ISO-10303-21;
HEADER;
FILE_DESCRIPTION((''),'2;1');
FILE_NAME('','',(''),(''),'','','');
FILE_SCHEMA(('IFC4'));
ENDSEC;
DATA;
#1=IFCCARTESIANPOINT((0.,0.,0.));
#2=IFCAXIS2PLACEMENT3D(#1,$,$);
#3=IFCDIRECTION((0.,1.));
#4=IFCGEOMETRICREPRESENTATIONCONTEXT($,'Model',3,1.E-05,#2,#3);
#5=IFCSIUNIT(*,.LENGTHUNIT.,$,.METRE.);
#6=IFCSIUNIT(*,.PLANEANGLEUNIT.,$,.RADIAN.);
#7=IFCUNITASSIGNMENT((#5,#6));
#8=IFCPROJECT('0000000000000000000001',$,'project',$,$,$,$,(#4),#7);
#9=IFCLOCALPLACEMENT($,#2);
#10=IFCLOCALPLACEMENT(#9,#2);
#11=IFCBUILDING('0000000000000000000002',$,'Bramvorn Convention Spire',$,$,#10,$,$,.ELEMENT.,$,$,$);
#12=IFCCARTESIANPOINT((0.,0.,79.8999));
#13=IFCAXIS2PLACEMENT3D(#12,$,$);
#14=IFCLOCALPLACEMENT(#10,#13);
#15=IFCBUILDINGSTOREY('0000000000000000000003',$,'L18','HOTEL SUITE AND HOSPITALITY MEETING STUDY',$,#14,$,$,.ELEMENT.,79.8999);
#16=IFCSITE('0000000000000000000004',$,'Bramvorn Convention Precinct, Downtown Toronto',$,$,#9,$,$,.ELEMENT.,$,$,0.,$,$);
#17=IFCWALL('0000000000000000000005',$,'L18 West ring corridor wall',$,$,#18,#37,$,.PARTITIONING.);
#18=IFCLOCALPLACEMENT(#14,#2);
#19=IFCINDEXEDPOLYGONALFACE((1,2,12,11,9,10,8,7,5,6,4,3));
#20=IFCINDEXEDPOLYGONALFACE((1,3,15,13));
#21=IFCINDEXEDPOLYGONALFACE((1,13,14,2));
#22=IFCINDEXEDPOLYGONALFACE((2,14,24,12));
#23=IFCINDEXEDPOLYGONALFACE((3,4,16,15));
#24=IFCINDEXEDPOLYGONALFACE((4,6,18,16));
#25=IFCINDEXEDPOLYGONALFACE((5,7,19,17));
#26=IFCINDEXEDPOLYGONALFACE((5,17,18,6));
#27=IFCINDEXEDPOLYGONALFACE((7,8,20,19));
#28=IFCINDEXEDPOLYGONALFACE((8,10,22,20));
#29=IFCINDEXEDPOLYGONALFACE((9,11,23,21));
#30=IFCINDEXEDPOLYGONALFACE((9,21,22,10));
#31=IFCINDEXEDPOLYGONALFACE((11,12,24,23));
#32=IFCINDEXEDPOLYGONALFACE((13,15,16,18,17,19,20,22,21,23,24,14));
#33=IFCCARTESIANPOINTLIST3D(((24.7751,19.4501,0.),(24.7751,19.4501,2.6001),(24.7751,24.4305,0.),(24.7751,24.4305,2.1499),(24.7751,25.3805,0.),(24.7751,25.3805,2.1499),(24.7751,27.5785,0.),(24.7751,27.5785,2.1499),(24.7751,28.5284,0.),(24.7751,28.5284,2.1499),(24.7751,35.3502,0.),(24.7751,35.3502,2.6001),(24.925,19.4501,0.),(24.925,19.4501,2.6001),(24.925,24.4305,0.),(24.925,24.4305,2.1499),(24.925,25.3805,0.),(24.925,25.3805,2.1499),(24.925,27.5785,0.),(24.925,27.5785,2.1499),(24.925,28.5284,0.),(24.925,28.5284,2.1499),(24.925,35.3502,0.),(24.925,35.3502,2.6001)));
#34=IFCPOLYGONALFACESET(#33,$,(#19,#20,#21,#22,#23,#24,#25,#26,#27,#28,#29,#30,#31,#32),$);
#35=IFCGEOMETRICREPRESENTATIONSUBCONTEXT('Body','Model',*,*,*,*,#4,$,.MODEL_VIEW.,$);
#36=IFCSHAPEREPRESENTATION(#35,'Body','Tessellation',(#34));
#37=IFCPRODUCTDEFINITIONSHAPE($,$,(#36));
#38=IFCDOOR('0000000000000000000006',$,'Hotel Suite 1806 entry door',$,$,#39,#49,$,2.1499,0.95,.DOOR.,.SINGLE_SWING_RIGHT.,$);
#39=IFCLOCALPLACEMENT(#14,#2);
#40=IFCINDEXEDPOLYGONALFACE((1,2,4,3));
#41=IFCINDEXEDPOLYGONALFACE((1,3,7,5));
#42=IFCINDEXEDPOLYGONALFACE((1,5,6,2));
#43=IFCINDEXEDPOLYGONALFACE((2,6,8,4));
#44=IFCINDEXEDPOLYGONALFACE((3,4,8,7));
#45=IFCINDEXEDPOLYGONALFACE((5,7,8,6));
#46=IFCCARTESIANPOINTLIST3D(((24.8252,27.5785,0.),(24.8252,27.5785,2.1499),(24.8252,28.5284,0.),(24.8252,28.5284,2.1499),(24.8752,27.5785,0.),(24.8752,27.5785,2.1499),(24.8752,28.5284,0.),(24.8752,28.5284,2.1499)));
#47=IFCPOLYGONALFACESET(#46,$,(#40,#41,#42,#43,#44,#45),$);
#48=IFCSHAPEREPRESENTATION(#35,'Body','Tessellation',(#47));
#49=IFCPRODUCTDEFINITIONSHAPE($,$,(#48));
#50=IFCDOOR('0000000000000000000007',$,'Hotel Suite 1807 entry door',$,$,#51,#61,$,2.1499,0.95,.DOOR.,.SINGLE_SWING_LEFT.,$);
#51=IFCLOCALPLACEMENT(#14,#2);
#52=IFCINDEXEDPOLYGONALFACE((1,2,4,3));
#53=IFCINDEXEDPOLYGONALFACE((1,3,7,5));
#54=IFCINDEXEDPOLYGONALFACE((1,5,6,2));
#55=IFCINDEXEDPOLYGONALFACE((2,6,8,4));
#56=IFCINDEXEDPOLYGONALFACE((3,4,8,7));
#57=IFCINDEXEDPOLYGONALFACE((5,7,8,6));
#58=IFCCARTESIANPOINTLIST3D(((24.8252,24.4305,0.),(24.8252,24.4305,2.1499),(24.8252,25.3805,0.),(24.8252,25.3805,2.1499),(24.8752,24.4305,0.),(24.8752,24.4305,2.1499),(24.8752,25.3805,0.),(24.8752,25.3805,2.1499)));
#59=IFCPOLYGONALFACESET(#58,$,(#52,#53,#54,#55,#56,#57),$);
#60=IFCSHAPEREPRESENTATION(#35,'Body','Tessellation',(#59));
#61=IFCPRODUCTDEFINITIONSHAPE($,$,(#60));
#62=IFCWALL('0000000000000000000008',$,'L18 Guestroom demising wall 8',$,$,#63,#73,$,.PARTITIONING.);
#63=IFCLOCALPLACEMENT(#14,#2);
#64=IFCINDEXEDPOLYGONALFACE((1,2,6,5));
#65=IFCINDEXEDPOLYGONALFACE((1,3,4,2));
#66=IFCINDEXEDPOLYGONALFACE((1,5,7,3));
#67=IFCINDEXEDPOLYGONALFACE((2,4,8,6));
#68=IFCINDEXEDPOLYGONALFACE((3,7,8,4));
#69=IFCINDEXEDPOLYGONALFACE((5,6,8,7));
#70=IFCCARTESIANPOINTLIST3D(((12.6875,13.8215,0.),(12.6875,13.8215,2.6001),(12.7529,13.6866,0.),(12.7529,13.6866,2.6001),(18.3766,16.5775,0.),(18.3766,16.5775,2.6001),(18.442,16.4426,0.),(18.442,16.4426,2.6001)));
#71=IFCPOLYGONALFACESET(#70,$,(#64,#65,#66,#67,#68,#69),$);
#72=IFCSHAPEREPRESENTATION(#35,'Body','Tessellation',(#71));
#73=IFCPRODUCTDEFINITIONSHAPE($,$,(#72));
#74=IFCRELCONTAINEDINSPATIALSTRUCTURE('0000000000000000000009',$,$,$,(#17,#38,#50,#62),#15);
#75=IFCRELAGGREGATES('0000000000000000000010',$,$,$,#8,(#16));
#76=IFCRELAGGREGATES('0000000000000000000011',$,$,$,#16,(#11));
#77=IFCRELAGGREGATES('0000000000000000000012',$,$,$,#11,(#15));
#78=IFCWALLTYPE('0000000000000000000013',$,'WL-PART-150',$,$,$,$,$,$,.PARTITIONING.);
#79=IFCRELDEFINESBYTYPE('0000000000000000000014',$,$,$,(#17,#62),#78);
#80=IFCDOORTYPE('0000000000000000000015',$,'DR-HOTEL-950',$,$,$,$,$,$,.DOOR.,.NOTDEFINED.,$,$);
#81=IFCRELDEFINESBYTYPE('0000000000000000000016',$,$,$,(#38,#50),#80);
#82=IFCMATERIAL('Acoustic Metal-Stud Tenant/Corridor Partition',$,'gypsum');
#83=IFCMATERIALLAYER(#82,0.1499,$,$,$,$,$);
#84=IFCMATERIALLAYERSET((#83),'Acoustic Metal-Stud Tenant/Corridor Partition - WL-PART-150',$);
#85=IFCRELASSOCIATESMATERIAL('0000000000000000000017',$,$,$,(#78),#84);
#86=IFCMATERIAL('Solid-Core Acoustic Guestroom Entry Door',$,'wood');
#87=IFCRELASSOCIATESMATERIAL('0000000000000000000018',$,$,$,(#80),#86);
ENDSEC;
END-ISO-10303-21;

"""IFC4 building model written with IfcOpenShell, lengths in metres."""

from ifc_helpers import new_model, si_unit, direction, frame, frame_2d, origin, place, context, subcontext, project, spatial, rectangle, extrude, material, layer, layer_set, type_object, element, fill, save


model = new_model("IFC4")

# Units and contexts
model_context = context("Model", 3, precision=1e-05, world=origin(), true_north=direction((0.0, 1.0)))
body_context = subcontext(model_context, "Body", "Model", "MODEL_VIEW")
ifc_project = project(units=[si_unit("LENGTHUNIT", "METRE"), si_unit("PLANEANGLEUNIT", "RADIAN")], contexts=[model_context])

# Site, building, storey
site_placement = place(None, origin())
site = spatial("IfcSite", under=ifc_project, at=site_placement, Name="Bramvorn Convention Precinct, Downtown Toronto", CompositionType="ELEMENT", RefElevation=0.0)
building_placement = place(site_placement, origin())
building = spatial("IfcBuilding", under=site, at=building_placement, Name="Bramvorn Convention Spire", CompositionType="ELEMENT")
storey_placement = place(building_placement, frame((0.0, 0.0, 79.8999)))
storey = spatial("IfcBuildingStorey", under=building, at=storey_placement, Name="L18", Description="HOTEL SUITE AND HOSPITALITY MEETING STUDY", CompositionType="ELEMENT", Elevation=79.8999)

# Wall, openings, doors
ifc_material_1 = material(Name="Acoustic Metal-Stud Tenant/Corridor Partition", Category="gypsum")
ifc_layer_1 = layer(ifc_material_1, 0.1499)
ifc_layer_set_1 = layer_set([ifc_layer_1], Name="Acoustic Metal-Stud Tenant/Corridor Partition - WL-PART-150")
wall_type_1 = type_object("IfcWallType", Name="WL-PART-150", PredefinedType="PARTITIONING", material=ifc_layer_set_1)
ifc_material_2 = material(Name="Solid-Core Acoustic Guestroom Entry Door", Category="wood")
door_type_1 = type_object("IfcDoorType", Name="DR-HOTEL-950", OperationType="NOTDEFINED", PredefinedType="DOOR", material=ifc_material_2)
wall_1_placement = place(storey_placement, frame((24.8501, 19.45, 0.0), z_axis=(0.0, 0.0, 1.0), x_axis=(0.0, 1.0, 0.0)))
wall_1 = element("IfcWall", 1, at=wall_1_placement, inside=storey, type_object=wall_type_1, Name="L18 West ring corridor wall", PredefinedType="PARTITIONING", context=body_context, shape_type="SweptSolid", body=[
    extrude(rectangle(XDim=15.9001, YDim=0.1499, at=frame_2d((7.9502, 0.0))), origin(), (0.0, 0.0, 1.0), 2.6001),
])
opening_1_placement = place(wall_1_placement, frame((8.1284, 0.0, 0.0)))
opening_1 = element("IfcOpeningElement", 2, at=opening_1_placement, cuts=wall_1, PredefinedType="OPENING", context=body_context, shape_type="SweptSolid", body=[
    extrude(rectangle(XDim=0.95, YDim=2.1499, at=frame_2d((0.4751, 1.075))), frame((0.0, 0.085, 0.0), z_axis=(0.0, -1.0, 0.0), x_axis=(1.0, 0.0, 0.0)), (0.0, 0.0, 1.0), 0.1699),
])
opening_2_placement = place(wall_1_placement, frame((4.9805, 0.0, 0.0)))
opening_2 = element("IfcOpeningElement", 3, at=opening_2_placement, cuts=wall_1, PredefinedType="OPENING", context=body_context, shape_type="SweptSolid", body=[
    extrude(rectangle(XDim=0.95, YDim=2.1499, at=frame_2d((0.4751, 1.075))), frame((0.0, 0.085, 0.0), z_axis=(0.0, -1.0, 0.0), x_axis=(1.0, 0.0, 0.0)), (0.0, 0.0, 1.0), 0.1699),
])
door_1_placement = place(opening_1_placement, origin())
door_1 = element("IfcDoor", 4, at=door_1_placement, inside=storey, type_object=door_type_1, Name="Hotel Suite 1806 entry door", OperationType="SINGLE_SWING_RIGHT", OverallHeight=2.1499, OverallWidth=0.95, PredefinedType="DOOR", context=body_context, shape_type="SweptSolid", body=[
    extrude(rectangle(XDim=0.95, YDim=2.1499, at=frame_2d((0.4751, 1.075))), frame((0.0, 0.0249, 0.0), z_axis=(0.0, -1.0, 0.0), x_axis=(1.0, 0.0, 0.0)), (0.0, 0.0, 1.0), 0.05),
])
fill(opening_1, door_1)
door_2_placement = place(opening_2_placement, origin())
door_2 = element("IfcDoor", 5, at=door_2_placement, inside=storey, type_object=door_type_1, Name="Hotel Suite 1807 entry door", OperationType="SINGLE_SWING_LEFT", OverallHeight=2.1499, OverallWidth=0.95, PredefinedType="DOOR", context=body_context, shape_type="SweptSolid", body=[
    extrude(rectangle(XDim=0.95, YDim=2.1499, at=frame_2d((0.4751, 1.075))), frame((0.0, 0.0249, 0.0), z_axis=(0.0, -1.0, 0.0), x_axis=(1.0, 0.0, 0.0)), (0.0, 0.0, 1.0), 0.05),
])
fill(opening_2, door_2)

# Wall
wall_2_placement = place(storey_placement, frame((18.4092, 16.51, 0.0), z_axis=(0.0, 0.0, 1.0), x_axis=(-0.899957, -0.435979, 0.0)))
element("IfcWall", 6, at=wall_2_placement, inside=storey, type_object=wall_type_1, Name="L18 Guestroom demising wall 8", PredefinedType="PARTITIONING", context=body_context, shape_type="SweptSolid", body=[
    extrude(rectangle(XDim=6.3215, YDim=0.1499, at=frame_2d((3.1606, 0.0))), origin(), (0.0, 0.0, 1.0), 2.6001),
])

save(model, "model.ifc")
